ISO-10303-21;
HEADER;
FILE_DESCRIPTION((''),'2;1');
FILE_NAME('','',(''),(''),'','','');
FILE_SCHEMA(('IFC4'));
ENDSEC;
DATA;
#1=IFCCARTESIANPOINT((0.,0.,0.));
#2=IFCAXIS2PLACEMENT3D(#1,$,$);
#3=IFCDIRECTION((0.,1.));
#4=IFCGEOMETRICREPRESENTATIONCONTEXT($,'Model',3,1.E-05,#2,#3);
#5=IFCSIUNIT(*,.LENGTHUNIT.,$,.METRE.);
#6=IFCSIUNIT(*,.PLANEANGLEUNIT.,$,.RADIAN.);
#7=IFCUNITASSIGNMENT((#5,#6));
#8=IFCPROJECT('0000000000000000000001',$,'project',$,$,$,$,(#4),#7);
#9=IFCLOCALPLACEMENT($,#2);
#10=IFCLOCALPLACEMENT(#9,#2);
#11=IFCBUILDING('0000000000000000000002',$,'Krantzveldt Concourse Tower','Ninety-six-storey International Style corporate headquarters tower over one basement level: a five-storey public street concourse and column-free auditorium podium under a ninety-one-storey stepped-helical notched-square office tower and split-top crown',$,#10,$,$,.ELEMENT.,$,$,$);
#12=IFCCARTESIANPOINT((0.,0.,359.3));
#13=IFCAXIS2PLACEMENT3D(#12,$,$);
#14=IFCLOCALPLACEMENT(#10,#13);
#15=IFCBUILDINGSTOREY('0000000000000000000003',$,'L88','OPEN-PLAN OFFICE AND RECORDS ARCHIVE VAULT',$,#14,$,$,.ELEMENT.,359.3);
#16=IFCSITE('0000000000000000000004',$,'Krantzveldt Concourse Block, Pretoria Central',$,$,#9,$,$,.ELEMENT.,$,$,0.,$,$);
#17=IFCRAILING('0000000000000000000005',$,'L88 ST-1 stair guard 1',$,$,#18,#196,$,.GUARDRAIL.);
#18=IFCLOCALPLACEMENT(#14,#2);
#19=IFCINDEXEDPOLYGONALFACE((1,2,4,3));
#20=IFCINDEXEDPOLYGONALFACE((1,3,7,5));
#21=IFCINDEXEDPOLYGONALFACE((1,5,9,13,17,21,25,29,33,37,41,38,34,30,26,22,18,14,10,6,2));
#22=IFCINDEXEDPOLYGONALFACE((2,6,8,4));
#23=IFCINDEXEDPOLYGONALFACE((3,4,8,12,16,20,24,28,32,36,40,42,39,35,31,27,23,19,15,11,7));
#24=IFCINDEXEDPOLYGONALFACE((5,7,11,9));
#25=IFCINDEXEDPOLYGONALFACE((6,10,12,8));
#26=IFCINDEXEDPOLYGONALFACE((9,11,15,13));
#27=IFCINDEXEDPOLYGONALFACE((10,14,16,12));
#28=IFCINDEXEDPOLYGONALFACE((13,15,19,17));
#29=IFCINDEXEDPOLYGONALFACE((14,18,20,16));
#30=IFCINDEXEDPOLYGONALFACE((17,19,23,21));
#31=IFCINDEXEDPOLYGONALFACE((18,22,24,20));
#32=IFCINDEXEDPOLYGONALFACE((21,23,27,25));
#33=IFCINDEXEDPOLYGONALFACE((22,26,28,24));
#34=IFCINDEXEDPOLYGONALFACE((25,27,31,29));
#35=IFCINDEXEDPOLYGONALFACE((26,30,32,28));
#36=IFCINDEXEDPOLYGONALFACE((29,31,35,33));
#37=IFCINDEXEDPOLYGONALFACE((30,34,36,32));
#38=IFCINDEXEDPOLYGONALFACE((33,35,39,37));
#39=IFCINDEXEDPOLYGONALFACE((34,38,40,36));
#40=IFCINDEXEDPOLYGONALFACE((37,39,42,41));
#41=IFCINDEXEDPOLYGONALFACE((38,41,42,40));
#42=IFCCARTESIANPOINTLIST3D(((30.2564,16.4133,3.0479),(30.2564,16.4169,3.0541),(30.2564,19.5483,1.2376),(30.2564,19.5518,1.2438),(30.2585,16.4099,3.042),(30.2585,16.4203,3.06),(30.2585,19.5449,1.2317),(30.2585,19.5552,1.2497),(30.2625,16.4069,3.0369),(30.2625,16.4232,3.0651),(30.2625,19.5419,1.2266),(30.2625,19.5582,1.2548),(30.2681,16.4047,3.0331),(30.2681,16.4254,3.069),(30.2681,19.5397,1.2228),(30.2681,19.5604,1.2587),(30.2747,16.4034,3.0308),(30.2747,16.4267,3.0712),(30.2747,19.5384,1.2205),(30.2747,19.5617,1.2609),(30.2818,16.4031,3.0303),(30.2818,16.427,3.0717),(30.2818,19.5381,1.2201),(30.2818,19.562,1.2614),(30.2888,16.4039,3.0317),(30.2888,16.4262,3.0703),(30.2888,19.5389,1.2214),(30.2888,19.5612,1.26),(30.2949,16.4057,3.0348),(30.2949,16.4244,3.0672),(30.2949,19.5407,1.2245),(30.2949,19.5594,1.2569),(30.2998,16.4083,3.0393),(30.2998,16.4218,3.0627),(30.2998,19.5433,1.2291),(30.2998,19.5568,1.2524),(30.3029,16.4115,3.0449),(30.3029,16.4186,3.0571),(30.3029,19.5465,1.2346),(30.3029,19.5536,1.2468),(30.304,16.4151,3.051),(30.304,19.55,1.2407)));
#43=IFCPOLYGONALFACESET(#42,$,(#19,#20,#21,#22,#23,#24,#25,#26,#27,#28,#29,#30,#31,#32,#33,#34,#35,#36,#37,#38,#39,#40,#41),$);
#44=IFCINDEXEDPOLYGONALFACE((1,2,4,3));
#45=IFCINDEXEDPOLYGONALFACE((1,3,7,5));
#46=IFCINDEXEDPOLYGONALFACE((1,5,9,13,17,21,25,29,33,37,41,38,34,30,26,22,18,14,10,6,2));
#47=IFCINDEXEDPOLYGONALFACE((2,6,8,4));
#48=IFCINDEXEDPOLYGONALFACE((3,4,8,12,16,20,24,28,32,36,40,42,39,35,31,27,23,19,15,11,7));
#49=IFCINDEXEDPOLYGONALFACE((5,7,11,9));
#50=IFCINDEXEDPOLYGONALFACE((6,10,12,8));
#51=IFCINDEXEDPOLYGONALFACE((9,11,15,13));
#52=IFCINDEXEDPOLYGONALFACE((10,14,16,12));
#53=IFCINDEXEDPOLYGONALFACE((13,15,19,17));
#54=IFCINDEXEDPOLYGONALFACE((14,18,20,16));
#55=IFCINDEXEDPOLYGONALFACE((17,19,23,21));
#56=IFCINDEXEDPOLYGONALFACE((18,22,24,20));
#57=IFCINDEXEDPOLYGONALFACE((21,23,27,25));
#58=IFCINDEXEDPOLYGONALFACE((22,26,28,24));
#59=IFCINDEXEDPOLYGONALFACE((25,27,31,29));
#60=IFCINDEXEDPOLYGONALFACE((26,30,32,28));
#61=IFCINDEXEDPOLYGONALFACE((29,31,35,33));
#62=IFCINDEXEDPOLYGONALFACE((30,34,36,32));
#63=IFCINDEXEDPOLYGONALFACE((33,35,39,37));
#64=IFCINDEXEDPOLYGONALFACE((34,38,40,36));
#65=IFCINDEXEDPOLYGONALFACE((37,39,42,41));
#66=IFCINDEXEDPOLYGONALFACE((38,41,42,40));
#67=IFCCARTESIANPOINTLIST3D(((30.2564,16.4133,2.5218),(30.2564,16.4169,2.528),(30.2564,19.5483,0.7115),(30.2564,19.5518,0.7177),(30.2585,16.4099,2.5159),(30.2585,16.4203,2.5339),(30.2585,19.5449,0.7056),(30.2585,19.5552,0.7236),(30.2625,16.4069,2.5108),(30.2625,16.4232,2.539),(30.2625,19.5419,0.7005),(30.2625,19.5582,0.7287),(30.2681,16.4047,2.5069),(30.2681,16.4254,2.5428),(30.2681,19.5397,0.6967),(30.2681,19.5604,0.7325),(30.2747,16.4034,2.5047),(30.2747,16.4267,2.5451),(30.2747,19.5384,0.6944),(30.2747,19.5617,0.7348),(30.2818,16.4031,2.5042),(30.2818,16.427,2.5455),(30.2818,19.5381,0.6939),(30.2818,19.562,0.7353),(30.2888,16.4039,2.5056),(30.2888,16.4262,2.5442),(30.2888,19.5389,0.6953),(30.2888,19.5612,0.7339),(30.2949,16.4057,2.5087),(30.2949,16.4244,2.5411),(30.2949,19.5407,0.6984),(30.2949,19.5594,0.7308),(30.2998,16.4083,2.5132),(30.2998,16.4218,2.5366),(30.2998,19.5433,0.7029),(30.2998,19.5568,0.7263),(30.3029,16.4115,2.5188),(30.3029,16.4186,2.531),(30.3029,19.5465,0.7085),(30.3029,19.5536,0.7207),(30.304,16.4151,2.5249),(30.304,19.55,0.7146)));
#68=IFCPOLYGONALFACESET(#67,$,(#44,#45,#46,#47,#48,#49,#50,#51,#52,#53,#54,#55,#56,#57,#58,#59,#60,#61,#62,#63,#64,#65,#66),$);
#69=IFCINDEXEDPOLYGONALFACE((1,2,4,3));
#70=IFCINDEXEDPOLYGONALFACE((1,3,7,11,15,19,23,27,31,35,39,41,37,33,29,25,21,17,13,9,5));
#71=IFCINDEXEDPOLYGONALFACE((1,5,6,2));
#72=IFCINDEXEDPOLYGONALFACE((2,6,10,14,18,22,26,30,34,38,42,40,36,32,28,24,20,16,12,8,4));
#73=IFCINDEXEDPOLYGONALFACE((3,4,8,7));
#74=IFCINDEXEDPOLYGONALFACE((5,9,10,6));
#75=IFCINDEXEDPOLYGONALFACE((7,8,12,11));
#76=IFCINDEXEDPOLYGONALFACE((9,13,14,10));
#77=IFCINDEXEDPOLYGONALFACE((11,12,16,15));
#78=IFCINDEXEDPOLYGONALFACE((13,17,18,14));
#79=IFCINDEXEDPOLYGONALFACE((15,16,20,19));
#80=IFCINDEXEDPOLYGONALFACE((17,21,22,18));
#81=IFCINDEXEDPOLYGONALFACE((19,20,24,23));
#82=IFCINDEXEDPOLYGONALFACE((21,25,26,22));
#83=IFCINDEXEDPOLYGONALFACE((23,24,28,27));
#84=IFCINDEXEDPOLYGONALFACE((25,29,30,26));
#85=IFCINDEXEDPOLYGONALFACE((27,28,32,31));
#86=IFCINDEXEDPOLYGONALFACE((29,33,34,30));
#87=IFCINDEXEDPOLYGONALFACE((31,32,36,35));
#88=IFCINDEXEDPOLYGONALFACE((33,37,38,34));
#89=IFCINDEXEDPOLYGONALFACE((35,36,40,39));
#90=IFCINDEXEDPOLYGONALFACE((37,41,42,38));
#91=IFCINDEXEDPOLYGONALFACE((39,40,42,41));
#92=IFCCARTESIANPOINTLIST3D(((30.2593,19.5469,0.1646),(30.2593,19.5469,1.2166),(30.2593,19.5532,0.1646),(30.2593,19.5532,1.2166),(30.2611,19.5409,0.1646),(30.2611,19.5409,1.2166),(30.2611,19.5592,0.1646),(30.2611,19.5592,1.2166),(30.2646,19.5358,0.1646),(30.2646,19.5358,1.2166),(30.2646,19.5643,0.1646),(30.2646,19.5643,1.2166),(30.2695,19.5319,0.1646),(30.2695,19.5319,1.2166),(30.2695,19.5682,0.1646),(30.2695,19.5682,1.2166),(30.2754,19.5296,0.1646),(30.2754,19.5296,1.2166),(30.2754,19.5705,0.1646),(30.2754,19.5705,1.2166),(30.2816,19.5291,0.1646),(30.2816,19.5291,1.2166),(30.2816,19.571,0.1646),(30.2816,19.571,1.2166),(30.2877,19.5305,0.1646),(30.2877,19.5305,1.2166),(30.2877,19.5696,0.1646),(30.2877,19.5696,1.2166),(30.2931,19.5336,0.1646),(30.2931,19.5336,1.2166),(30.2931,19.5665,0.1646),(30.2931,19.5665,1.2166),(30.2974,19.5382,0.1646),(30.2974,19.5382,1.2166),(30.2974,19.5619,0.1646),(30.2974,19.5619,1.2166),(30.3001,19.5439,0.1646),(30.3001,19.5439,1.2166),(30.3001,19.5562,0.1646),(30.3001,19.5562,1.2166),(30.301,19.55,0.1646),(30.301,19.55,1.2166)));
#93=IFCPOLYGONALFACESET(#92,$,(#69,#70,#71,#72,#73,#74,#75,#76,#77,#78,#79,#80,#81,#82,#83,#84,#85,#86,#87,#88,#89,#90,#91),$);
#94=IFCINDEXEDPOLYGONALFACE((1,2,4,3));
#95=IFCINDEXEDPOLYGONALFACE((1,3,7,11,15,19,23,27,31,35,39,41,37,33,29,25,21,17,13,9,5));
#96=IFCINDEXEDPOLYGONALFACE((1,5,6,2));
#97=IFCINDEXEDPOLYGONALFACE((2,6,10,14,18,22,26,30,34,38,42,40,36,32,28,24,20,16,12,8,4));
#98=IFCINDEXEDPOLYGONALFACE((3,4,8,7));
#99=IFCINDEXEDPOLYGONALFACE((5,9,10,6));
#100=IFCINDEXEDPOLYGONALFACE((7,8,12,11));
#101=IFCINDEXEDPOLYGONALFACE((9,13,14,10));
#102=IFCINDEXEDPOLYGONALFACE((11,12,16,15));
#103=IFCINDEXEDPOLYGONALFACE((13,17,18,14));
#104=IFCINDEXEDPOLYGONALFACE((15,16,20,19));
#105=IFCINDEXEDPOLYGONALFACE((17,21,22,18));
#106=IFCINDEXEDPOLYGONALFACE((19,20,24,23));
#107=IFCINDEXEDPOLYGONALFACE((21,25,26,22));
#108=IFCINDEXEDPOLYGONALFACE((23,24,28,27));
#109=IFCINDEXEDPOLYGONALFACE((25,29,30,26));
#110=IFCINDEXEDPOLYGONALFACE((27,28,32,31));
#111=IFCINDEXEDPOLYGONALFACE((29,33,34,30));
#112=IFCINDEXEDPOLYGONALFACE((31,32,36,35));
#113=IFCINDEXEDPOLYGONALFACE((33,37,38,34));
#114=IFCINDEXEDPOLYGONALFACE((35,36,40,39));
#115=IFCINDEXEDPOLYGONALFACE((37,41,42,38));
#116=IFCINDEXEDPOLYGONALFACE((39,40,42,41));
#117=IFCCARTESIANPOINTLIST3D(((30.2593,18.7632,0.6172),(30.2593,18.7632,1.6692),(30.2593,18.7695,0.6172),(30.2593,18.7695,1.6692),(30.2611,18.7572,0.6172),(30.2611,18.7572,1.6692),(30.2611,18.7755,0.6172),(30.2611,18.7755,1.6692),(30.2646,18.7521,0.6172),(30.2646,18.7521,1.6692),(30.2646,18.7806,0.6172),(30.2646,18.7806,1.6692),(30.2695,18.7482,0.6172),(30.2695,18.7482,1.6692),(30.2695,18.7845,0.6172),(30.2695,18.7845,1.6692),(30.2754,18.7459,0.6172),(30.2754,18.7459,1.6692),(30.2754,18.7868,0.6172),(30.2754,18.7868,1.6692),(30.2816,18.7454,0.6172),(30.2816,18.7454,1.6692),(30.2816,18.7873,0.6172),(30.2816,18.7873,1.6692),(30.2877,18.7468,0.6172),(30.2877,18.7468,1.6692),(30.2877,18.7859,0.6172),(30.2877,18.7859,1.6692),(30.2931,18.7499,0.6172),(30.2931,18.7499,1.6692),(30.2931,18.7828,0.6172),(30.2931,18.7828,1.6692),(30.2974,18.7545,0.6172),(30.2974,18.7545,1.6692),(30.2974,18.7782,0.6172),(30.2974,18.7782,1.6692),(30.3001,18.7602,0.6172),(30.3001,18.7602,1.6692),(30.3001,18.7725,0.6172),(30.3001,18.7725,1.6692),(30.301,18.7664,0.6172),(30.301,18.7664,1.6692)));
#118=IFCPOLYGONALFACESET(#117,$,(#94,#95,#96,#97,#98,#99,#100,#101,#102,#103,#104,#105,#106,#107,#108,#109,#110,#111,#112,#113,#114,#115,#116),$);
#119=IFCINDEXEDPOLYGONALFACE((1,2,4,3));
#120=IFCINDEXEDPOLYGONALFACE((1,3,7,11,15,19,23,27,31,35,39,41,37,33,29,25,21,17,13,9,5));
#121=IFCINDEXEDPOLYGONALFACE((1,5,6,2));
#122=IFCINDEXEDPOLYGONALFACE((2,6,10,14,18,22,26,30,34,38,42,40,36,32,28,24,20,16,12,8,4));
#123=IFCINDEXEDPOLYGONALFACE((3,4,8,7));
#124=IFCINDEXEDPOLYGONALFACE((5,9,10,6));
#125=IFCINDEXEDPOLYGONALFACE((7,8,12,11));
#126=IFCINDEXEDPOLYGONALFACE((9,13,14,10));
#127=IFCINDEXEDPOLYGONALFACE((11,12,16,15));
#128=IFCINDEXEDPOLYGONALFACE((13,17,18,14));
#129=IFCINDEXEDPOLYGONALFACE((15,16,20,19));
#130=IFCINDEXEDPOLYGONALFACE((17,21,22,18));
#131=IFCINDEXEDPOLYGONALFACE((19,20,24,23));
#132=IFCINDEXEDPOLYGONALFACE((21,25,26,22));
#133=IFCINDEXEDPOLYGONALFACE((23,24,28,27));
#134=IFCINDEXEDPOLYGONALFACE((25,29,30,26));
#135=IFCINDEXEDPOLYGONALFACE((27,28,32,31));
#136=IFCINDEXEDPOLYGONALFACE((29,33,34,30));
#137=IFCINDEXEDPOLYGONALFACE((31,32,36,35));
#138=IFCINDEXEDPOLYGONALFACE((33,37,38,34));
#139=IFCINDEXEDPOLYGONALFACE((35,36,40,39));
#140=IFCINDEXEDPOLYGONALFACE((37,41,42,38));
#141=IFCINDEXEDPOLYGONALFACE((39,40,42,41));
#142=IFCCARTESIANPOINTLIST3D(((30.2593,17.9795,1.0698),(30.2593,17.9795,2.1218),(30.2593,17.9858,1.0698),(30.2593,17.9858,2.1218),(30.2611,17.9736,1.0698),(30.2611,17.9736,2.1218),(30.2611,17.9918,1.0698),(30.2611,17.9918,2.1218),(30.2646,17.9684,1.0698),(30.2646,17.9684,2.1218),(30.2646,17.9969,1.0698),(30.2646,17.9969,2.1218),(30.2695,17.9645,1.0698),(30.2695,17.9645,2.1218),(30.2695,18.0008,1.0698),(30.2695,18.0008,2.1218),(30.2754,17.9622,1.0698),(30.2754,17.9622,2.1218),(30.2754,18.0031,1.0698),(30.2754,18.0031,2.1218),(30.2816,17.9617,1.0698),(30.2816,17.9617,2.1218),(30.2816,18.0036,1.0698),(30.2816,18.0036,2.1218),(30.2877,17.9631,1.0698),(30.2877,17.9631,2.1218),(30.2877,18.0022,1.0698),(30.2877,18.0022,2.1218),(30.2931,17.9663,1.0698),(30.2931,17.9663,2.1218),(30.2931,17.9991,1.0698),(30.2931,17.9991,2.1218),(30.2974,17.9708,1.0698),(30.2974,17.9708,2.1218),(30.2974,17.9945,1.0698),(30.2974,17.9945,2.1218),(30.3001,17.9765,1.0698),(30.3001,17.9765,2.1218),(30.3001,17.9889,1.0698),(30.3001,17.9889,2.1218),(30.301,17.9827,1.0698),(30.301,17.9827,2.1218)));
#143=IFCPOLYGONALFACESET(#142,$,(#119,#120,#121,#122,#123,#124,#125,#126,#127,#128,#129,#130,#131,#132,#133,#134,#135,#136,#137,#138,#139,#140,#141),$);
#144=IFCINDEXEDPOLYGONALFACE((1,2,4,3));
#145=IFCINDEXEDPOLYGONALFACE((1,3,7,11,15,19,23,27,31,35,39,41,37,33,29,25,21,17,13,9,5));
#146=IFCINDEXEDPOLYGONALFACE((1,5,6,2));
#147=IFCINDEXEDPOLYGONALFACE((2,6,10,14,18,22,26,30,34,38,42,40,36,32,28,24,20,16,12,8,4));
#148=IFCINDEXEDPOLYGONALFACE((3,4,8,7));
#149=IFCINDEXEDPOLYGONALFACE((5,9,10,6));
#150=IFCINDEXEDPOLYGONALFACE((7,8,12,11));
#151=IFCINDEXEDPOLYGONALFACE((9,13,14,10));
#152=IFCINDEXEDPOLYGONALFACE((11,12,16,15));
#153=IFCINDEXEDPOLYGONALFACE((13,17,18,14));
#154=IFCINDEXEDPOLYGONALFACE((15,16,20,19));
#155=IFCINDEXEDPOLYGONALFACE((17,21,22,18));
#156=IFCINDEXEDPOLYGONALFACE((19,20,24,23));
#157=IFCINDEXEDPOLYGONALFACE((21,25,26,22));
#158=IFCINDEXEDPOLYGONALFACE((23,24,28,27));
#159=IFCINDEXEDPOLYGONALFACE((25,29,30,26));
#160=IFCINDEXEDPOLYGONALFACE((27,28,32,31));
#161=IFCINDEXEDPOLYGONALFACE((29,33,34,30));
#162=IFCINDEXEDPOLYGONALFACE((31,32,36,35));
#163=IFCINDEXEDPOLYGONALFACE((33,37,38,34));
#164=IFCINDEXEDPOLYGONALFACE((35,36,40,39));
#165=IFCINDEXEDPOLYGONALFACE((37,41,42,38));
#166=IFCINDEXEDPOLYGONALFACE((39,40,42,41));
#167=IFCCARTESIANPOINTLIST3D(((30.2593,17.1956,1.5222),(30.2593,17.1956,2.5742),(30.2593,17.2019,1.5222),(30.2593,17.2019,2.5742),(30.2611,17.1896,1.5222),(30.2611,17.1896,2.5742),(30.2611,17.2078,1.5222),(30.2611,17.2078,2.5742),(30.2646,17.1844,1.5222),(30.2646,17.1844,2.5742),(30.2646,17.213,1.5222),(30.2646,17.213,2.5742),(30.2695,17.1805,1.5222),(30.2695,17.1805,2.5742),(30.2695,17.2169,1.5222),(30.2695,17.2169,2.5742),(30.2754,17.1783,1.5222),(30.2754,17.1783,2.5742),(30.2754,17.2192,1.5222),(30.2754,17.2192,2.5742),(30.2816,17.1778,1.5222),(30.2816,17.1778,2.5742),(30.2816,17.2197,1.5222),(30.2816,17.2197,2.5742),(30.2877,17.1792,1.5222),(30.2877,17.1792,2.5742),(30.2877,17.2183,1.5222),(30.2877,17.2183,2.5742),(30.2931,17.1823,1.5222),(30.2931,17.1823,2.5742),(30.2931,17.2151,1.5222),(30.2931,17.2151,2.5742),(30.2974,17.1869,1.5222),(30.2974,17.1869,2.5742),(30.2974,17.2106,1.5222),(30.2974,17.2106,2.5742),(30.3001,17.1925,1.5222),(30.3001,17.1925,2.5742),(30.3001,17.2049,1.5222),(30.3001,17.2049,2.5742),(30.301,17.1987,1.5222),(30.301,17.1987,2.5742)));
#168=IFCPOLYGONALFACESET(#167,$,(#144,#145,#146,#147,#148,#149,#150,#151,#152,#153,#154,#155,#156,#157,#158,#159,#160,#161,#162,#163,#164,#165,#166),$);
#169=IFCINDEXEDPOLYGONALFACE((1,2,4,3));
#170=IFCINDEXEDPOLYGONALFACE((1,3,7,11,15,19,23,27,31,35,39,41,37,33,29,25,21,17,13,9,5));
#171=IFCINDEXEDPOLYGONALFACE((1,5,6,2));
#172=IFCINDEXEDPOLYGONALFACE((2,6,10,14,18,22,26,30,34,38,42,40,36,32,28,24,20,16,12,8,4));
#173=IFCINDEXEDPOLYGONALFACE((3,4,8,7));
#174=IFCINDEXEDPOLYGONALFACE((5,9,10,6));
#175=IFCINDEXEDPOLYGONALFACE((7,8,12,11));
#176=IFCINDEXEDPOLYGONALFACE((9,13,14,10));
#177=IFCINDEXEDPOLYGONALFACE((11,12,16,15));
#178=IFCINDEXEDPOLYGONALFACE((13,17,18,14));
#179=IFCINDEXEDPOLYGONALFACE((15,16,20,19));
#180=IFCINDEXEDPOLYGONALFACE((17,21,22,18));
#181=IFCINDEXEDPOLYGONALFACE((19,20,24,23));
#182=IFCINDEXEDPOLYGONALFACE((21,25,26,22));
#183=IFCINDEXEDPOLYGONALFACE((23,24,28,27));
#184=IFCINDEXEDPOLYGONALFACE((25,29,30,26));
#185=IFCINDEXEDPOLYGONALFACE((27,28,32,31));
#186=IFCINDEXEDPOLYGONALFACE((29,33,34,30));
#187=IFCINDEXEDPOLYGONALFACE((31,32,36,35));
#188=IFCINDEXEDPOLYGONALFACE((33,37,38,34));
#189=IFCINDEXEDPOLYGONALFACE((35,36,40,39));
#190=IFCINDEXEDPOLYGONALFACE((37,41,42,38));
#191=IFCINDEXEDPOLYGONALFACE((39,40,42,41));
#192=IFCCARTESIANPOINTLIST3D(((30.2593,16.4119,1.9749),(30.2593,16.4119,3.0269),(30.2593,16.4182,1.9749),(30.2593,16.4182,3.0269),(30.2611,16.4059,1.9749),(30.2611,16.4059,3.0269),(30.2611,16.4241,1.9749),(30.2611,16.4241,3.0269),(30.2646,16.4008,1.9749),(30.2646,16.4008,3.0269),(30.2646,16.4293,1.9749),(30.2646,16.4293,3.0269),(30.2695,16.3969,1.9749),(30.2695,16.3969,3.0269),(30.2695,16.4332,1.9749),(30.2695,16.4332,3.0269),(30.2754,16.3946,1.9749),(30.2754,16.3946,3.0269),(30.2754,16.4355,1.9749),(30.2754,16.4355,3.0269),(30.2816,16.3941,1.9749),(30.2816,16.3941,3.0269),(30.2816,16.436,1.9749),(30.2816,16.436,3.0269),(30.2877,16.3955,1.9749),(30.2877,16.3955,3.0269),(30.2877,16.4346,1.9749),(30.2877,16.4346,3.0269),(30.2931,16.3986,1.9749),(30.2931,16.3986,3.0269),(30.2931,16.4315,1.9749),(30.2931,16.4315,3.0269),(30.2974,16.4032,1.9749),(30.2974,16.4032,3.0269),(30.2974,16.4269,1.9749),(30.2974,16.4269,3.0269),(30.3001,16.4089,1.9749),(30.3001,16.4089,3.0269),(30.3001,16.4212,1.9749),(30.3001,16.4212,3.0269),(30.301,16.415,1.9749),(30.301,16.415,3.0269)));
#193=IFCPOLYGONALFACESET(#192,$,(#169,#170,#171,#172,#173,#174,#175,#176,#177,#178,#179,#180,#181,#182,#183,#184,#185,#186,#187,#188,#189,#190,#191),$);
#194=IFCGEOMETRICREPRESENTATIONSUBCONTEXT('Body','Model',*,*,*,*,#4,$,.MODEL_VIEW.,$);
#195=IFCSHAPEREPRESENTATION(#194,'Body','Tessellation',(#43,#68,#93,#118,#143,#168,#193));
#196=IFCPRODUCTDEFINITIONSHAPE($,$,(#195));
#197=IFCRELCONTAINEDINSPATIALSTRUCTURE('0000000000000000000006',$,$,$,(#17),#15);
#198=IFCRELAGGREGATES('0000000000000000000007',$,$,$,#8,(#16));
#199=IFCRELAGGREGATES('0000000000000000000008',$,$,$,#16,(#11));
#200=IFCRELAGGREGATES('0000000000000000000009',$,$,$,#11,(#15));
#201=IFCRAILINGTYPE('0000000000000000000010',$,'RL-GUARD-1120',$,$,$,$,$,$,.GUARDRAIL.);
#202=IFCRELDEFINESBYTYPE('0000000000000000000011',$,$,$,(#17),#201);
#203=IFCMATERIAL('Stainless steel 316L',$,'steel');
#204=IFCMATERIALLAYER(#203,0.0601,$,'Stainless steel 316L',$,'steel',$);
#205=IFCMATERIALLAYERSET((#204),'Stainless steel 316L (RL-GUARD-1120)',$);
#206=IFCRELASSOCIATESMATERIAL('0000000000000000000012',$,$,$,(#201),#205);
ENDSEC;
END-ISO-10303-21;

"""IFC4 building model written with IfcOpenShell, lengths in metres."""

from ifc_helpers import new_model, si_unit, direction, frame, origin, origin_2d, place, context, subcontext, project, spatial, circle, extrude, material, layer, layer_set, type_object, element, save


model = new_model("IFC4")

# Units and contexts
model_context = context("Model", 3, precision=1e-05, world=origin(), true_north=direction((0.0, 1.0)))
body_context = subcontext(model_context, "Body", "Model", "MODEL_VIEW")
ifc_project = project(units=[si_unit("LENGTHUNIT", "METRE"), si_unit("PLANEANGLEUNIT", "RADIAN")], contexts=[model_context])

# Site, building, storey
site_placement = place(None, origin())
site = spatial("IfcSite", under=ifc_project, at=site_placement, Name="Krantzveldt Concourse Block, Pretoria Central", CompositionType="ELEMENT", RefElevation=0.0)
building_placement = place(site_placement, origin())
building = spatial("IfcBuilding", under=site, at=building_placement, Name="Krantzveldt Concourse Tower", Description="Ninety-six-storey International Style corporate headquarters tower over one basement level: a five-storey public street concourse and column-free auditorium podium under a ninety-one-storey stepped-helical notched-square office tower and split-top crown", CompositionType="ELEMENT")
storey_placement = place(building_placement, frame((0.0, 0.0, 359.3)))
storey = spatial("IfcBuildingStorey", under=building, at=storey_placement, Name="L88", Description="OPEN-PLAN OFFICE AND RECORDS ARCHIVE VAULT", CompositionType="ELEMENT", Elevation=359.3)

# Railing
ifc_material_1 = material(Name="Stainless steel 316L", Category="steel")
ifc_layer_1 = layer(ifc_material_1, 0.0601, Name="Stainless steel 316L", Category="steel")
ifc_layer_set_1 = layer_set([ifc_layer_1], Name="Stainless steel 316L (RL-GUARD-1120)")
railing_type_1 = type_object("IfcRailingType", Name="RL-GUARD-1120", PredefinedType="GUARDRAIL", material=ifc_layer_set_1)
railing_1_placement = place(storey_placement, frame((30.28, 19.55, 0.1646)))
element("IfcRailing", 1, at=railing_1_placement, inside=storey, type_object=railing_type_1, Name="L88 ST-1 stair guard 1", PredefinedType="GUARDRAIL", context=body_context, shape_type="SweptSolid", body=[
    extrude(circle(Radius=0.0239, at=origin_2d()), frame((0.0, 0.0, 1.0762), z_axis=(0.0, -0.865989, 0.500063), x_axis=(1.0, 0.0, 0.0)), (0.0, 0.0, 1.0), 3.6201),
    extrude(circle(Radius=0.0239, at=origin_2d()), frame((0.0, 0.0, 0.55), z_axis=(0.0, -0.865989, 0.500063), x_axis=(1.0, 0.0, 0.0)), (0.0, 0.0, 1.0), 3.6201),
    extrude(circle(Radius=0.021, at=origin_2d()), origin(), (0.0, 0.0, 1.0), 1.052),
    extrude(circle(Radius=0.021, at=origin_2d()), frame((0.0, -0.7837, 0.4526)), (0.0, 0.0, 1.0), 1.052),
    extrude(circle(Radius=0.021, at=origin_2d()), frame((0.0, -1.5674, 0.9053)), (0.0, 0.0, 1.0), 1.052),
    extrude(circle(Radius=0.021, at=origin_2d()), frame((0.0, -2.3513, 1.3577)), (0.0, 0.0, 1.0), 1.052),
    extrude(circle(Radius=0.021, at=origin_2d()), frame((0.0, -3.135, 1.8103)), (0.0, 0.0, 1.0), 1.052),
])

save(model, "model.ifc")
